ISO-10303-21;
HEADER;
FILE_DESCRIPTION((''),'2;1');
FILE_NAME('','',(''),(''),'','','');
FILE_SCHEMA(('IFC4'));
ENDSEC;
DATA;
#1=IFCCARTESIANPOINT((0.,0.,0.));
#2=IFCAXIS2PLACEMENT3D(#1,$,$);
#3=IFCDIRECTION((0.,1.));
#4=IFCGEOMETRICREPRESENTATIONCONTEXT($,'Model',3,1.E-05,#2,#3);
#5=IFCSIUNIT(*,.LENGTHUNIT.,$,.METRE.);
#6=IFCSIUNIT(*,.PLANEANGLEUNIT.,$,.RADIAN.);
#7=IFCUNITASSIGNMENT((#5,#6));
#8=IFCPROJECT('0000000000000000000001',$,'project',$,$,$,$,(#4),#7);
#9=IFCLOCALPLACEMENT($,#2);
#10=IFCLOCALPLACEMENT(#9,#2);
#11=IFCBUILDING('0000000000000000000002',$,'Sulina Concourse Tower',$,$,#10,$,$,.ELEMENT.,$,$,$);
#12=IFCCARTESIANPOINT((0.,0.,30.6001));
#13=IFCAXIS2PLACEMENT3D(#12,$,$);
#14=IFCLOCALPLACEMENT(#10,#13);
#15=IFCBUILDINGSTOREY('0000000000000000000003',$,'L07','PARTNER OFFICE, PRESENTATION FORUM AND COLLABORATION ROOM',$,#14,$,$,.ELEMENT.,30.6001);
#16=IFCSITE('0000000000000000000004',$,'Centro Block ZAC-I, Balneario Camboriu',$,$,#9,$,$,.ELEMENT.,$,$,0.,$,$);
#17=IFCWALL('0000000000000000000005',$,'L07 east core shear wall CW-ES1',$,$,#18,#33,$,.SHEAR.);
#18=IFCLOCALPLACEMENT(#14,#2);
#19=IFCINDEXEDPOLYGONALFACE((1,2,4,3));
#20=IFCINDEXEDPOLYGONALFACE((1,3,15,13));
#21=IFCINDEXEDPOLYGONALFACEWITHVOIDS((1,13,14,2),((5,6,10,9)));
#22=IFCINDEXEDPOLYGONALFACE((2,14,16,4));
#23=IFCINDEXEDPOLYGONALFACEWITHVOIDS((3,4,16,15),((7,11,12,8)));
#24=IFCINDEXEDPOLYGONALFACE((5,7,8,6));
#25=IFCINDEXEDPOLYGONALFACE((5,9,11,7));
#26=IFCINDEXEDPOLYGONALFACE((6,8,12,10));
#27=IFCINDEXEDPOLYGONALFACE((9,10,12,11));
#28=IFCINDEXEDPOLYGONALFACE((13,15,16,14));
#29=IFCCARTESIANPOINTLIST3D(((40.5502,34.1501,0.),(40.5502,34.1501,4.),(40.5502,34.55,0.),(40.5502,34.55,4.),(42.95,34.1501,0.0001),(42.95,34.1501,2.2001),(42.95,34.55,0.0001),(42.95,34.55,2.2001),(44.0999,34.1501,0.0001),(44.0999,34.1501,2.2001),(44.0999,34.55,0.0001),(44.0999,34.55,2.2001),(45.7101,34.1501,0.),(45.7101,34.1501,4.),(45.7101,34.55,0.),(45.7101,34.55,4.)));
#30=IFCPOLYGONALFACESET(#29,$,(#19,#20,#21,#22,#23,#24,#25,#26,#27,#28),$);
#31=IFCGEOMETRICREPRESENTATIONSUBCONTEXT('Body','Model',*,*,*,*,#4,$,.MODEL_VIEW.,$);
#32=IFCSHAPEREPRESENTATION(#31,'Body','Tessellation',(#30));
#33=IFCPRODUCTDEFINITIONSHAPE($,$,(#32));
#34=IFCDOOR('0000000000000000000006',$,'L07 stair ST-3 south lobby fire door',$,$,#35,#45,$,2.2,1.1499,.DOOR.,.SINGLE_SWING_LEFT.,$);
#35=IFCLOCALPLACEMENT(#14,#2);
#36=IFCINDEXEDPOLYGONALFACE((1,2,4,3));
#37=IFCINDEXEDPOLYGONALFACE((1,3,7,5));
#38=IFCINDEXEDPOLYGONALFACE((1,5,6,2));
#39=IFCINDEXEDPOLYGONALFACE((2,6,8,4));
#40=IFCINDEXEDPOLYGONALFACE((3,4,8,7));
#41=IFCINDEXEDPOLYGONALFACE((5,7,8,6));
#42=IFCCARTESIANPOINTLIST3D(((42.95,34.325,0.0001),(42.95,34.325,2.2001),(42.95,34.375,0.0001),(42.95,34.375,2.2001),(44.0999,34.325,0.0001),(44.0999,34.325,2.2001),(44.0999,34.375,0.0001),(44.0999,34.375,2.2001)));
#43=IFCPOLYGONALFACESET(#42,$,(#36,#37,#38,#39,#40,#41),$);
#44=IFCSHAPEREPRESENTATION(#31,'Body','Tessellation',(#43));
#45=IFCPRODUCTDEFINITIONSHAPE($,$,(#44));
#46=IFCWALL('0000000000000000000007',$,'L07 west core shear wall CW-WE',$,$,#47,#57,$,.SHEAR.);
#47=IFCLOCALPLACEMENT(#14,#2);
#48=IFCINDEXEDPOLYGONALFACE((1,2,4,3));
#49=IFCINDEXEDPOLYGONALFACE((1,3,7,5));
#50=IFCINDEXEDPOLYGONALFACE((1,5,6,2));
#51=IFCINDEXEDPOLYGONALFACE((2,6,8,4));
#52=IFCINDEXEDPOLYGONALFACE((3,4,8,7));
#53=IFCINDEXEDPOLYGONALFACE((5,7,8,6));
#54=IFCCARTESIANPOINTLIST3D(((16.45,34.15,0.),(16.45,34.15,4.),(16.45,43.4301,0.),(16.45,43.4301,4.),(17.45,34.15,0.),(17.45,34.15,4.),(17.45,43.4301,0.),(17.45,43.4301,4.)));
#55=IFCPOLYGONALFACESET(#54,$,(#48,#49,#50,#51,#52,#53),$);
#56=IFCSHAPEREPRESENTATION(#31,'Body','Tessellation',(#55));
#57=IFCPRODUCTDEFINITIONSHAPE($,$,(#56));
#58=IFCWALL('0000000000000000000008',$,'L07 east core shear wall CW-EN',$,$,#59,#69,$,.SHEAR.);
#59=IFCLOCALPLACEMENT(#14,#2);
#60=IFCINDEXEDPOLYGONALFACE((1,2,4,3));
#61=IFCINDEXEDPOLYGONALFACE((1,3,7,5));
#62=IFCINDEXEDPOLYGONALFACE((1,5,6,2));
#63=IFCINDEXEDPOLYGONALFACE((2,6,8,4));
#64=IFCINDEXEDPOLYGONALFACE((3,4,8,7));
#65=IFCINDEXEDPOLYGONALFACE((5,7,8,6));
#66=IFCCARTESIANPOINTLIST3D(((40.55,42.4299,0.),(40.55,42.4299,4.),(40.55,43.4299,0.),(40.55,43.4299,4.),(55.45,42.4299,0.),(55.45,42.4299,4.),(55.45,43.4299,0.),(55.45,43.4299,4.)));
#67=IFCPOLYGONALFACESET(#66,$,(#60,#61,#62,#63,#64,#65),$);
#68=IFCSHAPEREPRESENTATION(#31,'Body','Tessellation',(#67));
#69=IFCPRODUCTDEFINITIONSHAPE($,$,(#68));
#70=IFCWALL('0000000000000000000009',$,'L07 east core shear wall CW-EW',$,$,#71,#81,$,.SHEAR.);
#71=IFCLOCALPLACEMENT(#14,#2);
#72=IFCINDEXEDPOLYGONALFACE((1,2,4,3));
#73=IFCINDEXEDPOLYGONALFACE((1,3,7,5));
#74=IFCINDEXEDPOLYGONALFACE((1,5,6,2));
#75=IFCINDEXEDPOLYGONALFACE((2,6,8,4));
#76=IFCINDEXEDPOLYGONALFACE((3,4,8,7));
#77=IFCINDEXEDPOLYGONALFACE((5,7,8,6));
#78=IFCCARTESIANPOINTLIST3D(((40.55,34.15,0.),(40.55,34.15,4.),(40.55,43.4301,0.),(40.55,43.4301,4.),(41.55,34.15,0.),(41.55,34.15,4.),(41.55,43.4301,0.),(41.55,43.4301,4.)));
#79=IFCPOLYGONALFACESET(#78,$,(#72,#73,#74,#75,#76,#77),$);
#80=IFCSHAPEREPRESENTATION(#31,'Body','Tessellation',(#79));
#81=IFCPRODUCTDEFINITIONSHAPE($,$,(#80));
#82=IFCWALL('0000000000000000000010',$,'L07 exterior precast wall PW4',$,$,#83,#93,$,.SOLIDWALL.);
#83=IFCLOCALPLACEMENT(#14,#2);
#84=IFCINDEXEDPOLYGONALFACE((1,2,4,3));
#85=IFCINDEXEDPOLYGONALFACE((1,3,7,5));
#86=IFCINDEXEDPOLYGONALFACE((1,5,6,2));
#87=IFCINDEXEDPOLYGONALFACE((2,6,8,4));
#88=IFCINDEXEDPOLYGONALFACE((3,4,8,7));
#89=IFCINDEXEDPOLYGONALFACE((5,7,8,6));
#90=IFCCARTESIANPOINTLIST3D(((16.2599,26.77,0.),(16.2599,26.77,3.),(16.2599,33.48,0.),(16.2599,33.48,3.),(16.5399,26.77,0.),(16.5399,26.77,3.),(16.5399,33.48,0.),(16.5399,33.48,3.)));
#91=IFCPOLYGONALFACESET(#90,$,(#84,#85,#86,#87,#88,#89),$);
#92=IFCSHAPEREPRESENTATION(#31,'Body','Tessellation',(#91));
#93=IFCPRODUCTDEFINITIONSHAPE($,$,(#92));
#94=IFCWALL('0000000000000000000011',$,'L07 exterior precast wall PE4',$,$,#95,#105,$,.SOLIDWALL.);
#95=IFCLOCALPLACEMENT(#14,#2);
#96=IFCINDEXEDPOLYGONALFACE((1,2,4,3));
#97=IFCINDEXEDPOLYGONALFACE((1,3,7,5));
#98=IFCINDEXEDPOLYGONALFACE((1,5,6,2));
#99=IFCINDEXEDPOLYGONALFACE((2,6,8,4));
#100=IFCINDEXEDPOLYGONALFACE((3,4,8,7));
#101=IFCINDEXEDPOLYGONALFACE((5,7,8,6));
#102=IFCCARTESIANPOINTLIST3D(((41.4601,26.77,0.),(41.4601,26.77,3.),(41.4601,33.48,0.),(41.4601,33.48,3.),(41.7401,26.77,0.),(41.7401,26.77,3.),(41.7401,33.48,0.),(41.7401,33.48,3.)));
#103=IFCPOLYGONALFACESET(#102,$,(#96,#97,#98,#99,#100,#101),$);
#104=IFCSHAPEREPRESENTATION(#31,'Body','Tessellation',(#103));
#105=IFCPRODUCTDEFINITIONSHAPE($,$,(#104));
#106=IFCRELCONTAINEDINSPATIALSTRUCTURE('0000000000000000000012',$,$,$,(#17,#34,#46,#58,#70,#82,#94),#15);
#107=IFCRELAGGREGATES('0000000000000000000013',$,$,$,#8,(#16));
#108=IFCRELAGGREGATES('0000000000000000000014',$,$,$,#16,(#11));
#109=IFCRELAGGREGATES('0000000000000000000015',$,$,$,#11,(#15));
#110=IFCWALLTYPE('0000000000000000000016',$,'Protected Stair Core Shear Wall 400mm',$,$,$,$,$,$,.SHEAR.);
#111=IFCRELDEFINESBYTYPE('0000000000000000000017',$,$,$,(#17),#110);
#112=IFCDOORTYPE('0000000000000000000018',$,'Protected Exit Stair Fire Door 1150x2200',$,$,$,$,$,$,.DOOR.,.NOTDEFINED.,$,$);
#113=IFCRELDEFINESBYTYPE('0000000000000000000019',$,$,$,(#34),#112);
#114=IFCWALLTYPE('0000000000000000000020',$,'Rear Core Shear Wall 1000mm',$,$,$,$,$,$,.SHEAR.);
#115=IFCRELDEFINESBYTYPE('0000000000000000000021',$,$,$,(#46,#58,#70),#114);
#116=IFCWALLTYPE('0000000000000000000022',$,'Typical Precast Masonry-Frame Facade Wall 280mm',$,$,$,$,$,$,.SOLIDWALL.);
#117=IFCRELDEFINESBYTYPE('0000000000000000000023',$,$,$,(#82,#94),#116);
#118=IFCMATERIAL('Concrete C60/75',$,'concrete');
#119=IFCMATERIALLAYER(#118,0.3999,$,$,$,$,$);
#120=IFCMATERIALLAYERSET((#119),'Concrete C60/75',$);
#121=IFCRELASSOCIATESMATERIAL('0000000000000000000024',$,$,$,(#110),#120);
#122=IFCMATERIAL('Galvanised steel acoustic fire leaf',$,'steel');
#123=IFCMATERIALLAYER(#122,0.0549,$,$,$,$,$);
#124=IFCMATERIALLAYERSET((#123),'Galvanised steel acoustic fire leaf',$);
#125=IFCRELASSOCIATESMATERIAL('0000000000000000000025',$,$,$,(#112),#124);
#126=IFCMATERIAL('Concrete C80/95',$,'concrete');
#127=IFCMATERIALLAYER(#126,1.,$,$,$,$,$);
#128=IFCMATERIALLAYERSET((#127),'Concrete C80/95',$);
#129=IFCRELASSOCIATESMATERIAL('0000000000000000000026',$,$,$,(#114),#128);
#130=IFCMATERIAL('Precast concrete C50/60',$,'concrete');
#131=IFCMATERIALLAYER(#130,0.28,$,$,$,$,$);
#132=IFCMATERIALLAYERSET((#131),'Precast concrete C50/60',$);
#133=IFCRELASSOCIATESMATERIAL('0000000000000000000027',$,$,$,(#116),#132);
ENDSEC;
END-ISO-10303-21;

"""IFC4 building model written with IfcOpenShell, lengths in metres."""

from ifc_helpers import new_model, si_unit, direction, frame, frame_2d, origin, place, context, subcontext, project, spatial, rectangle, extrude, material, layer, layer_set, type_object, element, fill, save


model = new_model("IFC4")

# Units and contexts
model_context = context("Model", 3, precision=1e-05, world=origin(), true_north=direction((0.0, 1.0)))
body_context = subcontext(model_context, "Body", "Model", "MODEL_VIEW")
ifc_project = project(units=[si_unit("LENGTHUNIT", "METRE"), si_unit("PLANEANGLEUNIT", "RADIAN")], contexts=[model_context])

# Site, building, storey
site_placement = place(None, origin())
site = spatial("IfcSite", under=ifc_project, at=site_placement, Name="Centro Block ZAC-I, Balneario Camboriu", CompositionType="ELEMENT", RefElevation=0.0)
building_placement = place(site_placement, origin())
building = spatial("IfcBuilding", under=site, at=building_placement, Name="Sulina Concourse Tower", CompositionType="ELEMENT")
storey_placement = place(building_placement, frame((0.0, 0.0, 30.6001)))
storey = spatial("IfcBuildingStorey", under=building, at=storey_placement, Name="L07", Description="PARTNER OFFICE, PRESENTATION FORUM AND COLLABORATION ROOM", CompositionType="ELEMENT", Elevation=30.6001)

# Wall, opening, door
ifc_material_1 = material(Name="Concrete C60/75", Category="concrete")
ifc_layer_1 = layer(ifc_material_1, 0.3999)
ifc_layer_set_1 = layer_set([ifc_layer_1], Name="Concrete C60/75")
wall_type_1 = type_object("IfcWallType", Name="Protected Stair Core Shear Wall 400mm", PredefinedType="SHEAR", material=ifc_layer_set_1)
wall_1_placement = place(storey_placement, frame((40.55, 34.3501, 0.0), z_axis=(0.0, 0.0, 1.0), x_axis=(1.0, 0.0, 0.0)))
wall_1 = element("IfcWall", 1, at=wall_1_placement, inside=storey, type_object=wall_type_1, Name="L07 east core shear wall CW-ES1", PredefinedType="SHEAR", context=body_context, shape_type="SweptSolid", body=[
    extrude(rectangle(XDim=5.1599, YDim=0.3999, at=frame_2d((2.5801, 0.0))), origin(), (0.0, 0.0, 1.0), 4.0),
])
opening_1_placement = place(wall_1_placement, frame((2.3999, 0.0, 0.0)))
opening_1 = element("IfcOpeningElement", 2, at=opening_1_placement, cuts=wall_1, PredefinedType="OPENING", context=body_context, shape_type="SweptSolid", body=[
    extrude(rectangle(XDim=1.1499, YDim=2.2, at=frame_2d((0.575, 1.1001))), frame((0.0, 0.21, 0.0), z_axis=(0.0, -1.0, 0.0), x_axis=(1.0, 0.0, 0.0)), (0.0, 0.0, 1.0), 0.4199),
])
ifc_material_2 = material(Name="Galvanised steel acoustic fire leaf", Category="steel")
ifc_layer_2 = layer(ifc_material_2, 0.0549)
ifc_layer_set_2 = layer_set([ifc_layer_2], Name="Galvanised steel acoustic fire leaf")
door_type_1 = type_object("IfcDoorType", Name="Protected Exit Stair Fire Door 1150x2200", OperationType="NOTDEFINED", PredefinedType="DOOR", material=ifc_layer_set_2)
door_1_placement = place(opening_1_placement, origin())
door_1 = element("IfcDoor", 3, at=door_1_placement, inside=storey, type_object=door_type_1, Name="L07 stair ST-3 south lobby fire door", OperationType="SINGLE_SWING_LEFT", OverallHeight=2.2, OverallWidth=1.1499, PredefinedType="DOOR", context=body_context, shape_type="SweptSolid", body=[
    extrude(rectangle(XDim=1.1499, YDim=2.2, at=frame_2d((0.575, 1.1001))), frame((0.0, 0.0249, 0.0), z_axis=(0.0, -1.0, 0.0), x_axis=(1.0, 0.0, 0.0)), (0.0, 0.0, 1.0), 0.05),
])
fill(opening_1, door_1)

# Walls
ifc_material_3 = material(Name="Concrete C80/95", Category="concrete")
ifc_layer_3 = layer(ifc_material_3, 1.0)
ifc_layer_set_3 = layer_set([ifc_layer_3], Name="Concrete C80/95")
wall_type_2 = type_object("IfcWallType", Name="Rear Core Shear Wall 1000mm", PredefinedType="SHEAR", material=ifc_layer_set_3)
wall_2_placement = place(storey_placement, frame((16.95, 34.1499, 0.0), z_axis=(0.0, 0.0, 1.0), x_axis=(0.0, 1.0, 0.0)))
element("IfcWall", 4, at=wall_2_placement, inside=storey, type_object=wall_type_2, Name="L07 west core shear wall CW-WE", PredefinedType="SHEAR", context=body_context, shape_type="SweptSolid", body=[
    extrude(rectangle(XDim=9.28, YDim=1.0, at=frame_2d((4.6401, 0.0))), origin(), (0.0, 0.0, 1.0), 4.0),
])
wall_3_placement = place(storey_placement, frame((40.55, 42.9299, 0.0), z_axis=(0.0, 0.0, 1.0), x_axis=(1.0, 0.0, 0.0)))
element("IfcWall", 5, at=wall_3_placement, inside=storey, type_object=wall_type_2, Name="L07 east core shear wall CW-EN", PredefinedType="SHEAR", context=body_context, shape_type="SweptSolid", body=[
    extrude(rectangle(XDim=14.8999, YDim=1.0, at=frame_2d((7.45, 0.0))), origin(), (0.0, 0.0, 1.0), 4.0),
])
wall_4_placement = place(storey_placement, frame((41.05, 34.1499, 0.0), z_axis=(0.0, 0.0, 1.0), x_axis=(0.0, 1.0, 0.0)))
element("IfcWall", 6, at=wall_4_placement, inside=storey, type_object=wall_type_2, Name="L07 east core shear wall CW-EW", PredefinedType="SHEAR", context=body_context, shape_type="SweptSolid", body=[
    extrude(rectangle(XDim=9.28, YDim=1.0, at=frame_2d((4.6401, 0.0))), origin(), (0.0, 0.0, 1.0), 4.0),
])
ifc_material_4 = material(Name="Precast concrete C50/60", Category="concrete")
ifc_layer_4 = layer(ifc_material_4, 0.28)
ifc_layer_set_4 = layer_set([ifc_layer_4], Name="Precast concrete C50/60")
wall_type_3 = type_object("IfcWallType", Name="Typical Precast Masonry-Frame Facade Wall 280mm", PredefinedType="SOLIDWALL", material=ifc_layer_set_4)
for number, where, z_axis, x_axis, name in (
    (7, (16.3999, 33.48, 0.0), (0.0, 0.0, 1.0), (0.0, -1.0, 0.0), "L07 exterior precast wall PW4"),
    (8, (41.6001, 26.77, 0.0), (0.0, 0.0, 1.0), (0.0, 1.0, 0.0), "L07 exterior precast wall PE4"),
):
    element("IfcWall", number, at=place(storey_placement, frame(where, z_axis=z_axis, x_axis=x_axis)), inside=storey, type_object=wall_type_3, Name=name, PredefinedType="SOLIDWALL", context=body_context, shape_type="SweptSolid", body=[
        extrude(rectangle(XDim=6.71, YDim=0.28, at=frame_2d((3.355, 0.0))), origin(), (0.0, 0.0, 1.0), 3.0),
    ])

save(model, "model.ifc")
